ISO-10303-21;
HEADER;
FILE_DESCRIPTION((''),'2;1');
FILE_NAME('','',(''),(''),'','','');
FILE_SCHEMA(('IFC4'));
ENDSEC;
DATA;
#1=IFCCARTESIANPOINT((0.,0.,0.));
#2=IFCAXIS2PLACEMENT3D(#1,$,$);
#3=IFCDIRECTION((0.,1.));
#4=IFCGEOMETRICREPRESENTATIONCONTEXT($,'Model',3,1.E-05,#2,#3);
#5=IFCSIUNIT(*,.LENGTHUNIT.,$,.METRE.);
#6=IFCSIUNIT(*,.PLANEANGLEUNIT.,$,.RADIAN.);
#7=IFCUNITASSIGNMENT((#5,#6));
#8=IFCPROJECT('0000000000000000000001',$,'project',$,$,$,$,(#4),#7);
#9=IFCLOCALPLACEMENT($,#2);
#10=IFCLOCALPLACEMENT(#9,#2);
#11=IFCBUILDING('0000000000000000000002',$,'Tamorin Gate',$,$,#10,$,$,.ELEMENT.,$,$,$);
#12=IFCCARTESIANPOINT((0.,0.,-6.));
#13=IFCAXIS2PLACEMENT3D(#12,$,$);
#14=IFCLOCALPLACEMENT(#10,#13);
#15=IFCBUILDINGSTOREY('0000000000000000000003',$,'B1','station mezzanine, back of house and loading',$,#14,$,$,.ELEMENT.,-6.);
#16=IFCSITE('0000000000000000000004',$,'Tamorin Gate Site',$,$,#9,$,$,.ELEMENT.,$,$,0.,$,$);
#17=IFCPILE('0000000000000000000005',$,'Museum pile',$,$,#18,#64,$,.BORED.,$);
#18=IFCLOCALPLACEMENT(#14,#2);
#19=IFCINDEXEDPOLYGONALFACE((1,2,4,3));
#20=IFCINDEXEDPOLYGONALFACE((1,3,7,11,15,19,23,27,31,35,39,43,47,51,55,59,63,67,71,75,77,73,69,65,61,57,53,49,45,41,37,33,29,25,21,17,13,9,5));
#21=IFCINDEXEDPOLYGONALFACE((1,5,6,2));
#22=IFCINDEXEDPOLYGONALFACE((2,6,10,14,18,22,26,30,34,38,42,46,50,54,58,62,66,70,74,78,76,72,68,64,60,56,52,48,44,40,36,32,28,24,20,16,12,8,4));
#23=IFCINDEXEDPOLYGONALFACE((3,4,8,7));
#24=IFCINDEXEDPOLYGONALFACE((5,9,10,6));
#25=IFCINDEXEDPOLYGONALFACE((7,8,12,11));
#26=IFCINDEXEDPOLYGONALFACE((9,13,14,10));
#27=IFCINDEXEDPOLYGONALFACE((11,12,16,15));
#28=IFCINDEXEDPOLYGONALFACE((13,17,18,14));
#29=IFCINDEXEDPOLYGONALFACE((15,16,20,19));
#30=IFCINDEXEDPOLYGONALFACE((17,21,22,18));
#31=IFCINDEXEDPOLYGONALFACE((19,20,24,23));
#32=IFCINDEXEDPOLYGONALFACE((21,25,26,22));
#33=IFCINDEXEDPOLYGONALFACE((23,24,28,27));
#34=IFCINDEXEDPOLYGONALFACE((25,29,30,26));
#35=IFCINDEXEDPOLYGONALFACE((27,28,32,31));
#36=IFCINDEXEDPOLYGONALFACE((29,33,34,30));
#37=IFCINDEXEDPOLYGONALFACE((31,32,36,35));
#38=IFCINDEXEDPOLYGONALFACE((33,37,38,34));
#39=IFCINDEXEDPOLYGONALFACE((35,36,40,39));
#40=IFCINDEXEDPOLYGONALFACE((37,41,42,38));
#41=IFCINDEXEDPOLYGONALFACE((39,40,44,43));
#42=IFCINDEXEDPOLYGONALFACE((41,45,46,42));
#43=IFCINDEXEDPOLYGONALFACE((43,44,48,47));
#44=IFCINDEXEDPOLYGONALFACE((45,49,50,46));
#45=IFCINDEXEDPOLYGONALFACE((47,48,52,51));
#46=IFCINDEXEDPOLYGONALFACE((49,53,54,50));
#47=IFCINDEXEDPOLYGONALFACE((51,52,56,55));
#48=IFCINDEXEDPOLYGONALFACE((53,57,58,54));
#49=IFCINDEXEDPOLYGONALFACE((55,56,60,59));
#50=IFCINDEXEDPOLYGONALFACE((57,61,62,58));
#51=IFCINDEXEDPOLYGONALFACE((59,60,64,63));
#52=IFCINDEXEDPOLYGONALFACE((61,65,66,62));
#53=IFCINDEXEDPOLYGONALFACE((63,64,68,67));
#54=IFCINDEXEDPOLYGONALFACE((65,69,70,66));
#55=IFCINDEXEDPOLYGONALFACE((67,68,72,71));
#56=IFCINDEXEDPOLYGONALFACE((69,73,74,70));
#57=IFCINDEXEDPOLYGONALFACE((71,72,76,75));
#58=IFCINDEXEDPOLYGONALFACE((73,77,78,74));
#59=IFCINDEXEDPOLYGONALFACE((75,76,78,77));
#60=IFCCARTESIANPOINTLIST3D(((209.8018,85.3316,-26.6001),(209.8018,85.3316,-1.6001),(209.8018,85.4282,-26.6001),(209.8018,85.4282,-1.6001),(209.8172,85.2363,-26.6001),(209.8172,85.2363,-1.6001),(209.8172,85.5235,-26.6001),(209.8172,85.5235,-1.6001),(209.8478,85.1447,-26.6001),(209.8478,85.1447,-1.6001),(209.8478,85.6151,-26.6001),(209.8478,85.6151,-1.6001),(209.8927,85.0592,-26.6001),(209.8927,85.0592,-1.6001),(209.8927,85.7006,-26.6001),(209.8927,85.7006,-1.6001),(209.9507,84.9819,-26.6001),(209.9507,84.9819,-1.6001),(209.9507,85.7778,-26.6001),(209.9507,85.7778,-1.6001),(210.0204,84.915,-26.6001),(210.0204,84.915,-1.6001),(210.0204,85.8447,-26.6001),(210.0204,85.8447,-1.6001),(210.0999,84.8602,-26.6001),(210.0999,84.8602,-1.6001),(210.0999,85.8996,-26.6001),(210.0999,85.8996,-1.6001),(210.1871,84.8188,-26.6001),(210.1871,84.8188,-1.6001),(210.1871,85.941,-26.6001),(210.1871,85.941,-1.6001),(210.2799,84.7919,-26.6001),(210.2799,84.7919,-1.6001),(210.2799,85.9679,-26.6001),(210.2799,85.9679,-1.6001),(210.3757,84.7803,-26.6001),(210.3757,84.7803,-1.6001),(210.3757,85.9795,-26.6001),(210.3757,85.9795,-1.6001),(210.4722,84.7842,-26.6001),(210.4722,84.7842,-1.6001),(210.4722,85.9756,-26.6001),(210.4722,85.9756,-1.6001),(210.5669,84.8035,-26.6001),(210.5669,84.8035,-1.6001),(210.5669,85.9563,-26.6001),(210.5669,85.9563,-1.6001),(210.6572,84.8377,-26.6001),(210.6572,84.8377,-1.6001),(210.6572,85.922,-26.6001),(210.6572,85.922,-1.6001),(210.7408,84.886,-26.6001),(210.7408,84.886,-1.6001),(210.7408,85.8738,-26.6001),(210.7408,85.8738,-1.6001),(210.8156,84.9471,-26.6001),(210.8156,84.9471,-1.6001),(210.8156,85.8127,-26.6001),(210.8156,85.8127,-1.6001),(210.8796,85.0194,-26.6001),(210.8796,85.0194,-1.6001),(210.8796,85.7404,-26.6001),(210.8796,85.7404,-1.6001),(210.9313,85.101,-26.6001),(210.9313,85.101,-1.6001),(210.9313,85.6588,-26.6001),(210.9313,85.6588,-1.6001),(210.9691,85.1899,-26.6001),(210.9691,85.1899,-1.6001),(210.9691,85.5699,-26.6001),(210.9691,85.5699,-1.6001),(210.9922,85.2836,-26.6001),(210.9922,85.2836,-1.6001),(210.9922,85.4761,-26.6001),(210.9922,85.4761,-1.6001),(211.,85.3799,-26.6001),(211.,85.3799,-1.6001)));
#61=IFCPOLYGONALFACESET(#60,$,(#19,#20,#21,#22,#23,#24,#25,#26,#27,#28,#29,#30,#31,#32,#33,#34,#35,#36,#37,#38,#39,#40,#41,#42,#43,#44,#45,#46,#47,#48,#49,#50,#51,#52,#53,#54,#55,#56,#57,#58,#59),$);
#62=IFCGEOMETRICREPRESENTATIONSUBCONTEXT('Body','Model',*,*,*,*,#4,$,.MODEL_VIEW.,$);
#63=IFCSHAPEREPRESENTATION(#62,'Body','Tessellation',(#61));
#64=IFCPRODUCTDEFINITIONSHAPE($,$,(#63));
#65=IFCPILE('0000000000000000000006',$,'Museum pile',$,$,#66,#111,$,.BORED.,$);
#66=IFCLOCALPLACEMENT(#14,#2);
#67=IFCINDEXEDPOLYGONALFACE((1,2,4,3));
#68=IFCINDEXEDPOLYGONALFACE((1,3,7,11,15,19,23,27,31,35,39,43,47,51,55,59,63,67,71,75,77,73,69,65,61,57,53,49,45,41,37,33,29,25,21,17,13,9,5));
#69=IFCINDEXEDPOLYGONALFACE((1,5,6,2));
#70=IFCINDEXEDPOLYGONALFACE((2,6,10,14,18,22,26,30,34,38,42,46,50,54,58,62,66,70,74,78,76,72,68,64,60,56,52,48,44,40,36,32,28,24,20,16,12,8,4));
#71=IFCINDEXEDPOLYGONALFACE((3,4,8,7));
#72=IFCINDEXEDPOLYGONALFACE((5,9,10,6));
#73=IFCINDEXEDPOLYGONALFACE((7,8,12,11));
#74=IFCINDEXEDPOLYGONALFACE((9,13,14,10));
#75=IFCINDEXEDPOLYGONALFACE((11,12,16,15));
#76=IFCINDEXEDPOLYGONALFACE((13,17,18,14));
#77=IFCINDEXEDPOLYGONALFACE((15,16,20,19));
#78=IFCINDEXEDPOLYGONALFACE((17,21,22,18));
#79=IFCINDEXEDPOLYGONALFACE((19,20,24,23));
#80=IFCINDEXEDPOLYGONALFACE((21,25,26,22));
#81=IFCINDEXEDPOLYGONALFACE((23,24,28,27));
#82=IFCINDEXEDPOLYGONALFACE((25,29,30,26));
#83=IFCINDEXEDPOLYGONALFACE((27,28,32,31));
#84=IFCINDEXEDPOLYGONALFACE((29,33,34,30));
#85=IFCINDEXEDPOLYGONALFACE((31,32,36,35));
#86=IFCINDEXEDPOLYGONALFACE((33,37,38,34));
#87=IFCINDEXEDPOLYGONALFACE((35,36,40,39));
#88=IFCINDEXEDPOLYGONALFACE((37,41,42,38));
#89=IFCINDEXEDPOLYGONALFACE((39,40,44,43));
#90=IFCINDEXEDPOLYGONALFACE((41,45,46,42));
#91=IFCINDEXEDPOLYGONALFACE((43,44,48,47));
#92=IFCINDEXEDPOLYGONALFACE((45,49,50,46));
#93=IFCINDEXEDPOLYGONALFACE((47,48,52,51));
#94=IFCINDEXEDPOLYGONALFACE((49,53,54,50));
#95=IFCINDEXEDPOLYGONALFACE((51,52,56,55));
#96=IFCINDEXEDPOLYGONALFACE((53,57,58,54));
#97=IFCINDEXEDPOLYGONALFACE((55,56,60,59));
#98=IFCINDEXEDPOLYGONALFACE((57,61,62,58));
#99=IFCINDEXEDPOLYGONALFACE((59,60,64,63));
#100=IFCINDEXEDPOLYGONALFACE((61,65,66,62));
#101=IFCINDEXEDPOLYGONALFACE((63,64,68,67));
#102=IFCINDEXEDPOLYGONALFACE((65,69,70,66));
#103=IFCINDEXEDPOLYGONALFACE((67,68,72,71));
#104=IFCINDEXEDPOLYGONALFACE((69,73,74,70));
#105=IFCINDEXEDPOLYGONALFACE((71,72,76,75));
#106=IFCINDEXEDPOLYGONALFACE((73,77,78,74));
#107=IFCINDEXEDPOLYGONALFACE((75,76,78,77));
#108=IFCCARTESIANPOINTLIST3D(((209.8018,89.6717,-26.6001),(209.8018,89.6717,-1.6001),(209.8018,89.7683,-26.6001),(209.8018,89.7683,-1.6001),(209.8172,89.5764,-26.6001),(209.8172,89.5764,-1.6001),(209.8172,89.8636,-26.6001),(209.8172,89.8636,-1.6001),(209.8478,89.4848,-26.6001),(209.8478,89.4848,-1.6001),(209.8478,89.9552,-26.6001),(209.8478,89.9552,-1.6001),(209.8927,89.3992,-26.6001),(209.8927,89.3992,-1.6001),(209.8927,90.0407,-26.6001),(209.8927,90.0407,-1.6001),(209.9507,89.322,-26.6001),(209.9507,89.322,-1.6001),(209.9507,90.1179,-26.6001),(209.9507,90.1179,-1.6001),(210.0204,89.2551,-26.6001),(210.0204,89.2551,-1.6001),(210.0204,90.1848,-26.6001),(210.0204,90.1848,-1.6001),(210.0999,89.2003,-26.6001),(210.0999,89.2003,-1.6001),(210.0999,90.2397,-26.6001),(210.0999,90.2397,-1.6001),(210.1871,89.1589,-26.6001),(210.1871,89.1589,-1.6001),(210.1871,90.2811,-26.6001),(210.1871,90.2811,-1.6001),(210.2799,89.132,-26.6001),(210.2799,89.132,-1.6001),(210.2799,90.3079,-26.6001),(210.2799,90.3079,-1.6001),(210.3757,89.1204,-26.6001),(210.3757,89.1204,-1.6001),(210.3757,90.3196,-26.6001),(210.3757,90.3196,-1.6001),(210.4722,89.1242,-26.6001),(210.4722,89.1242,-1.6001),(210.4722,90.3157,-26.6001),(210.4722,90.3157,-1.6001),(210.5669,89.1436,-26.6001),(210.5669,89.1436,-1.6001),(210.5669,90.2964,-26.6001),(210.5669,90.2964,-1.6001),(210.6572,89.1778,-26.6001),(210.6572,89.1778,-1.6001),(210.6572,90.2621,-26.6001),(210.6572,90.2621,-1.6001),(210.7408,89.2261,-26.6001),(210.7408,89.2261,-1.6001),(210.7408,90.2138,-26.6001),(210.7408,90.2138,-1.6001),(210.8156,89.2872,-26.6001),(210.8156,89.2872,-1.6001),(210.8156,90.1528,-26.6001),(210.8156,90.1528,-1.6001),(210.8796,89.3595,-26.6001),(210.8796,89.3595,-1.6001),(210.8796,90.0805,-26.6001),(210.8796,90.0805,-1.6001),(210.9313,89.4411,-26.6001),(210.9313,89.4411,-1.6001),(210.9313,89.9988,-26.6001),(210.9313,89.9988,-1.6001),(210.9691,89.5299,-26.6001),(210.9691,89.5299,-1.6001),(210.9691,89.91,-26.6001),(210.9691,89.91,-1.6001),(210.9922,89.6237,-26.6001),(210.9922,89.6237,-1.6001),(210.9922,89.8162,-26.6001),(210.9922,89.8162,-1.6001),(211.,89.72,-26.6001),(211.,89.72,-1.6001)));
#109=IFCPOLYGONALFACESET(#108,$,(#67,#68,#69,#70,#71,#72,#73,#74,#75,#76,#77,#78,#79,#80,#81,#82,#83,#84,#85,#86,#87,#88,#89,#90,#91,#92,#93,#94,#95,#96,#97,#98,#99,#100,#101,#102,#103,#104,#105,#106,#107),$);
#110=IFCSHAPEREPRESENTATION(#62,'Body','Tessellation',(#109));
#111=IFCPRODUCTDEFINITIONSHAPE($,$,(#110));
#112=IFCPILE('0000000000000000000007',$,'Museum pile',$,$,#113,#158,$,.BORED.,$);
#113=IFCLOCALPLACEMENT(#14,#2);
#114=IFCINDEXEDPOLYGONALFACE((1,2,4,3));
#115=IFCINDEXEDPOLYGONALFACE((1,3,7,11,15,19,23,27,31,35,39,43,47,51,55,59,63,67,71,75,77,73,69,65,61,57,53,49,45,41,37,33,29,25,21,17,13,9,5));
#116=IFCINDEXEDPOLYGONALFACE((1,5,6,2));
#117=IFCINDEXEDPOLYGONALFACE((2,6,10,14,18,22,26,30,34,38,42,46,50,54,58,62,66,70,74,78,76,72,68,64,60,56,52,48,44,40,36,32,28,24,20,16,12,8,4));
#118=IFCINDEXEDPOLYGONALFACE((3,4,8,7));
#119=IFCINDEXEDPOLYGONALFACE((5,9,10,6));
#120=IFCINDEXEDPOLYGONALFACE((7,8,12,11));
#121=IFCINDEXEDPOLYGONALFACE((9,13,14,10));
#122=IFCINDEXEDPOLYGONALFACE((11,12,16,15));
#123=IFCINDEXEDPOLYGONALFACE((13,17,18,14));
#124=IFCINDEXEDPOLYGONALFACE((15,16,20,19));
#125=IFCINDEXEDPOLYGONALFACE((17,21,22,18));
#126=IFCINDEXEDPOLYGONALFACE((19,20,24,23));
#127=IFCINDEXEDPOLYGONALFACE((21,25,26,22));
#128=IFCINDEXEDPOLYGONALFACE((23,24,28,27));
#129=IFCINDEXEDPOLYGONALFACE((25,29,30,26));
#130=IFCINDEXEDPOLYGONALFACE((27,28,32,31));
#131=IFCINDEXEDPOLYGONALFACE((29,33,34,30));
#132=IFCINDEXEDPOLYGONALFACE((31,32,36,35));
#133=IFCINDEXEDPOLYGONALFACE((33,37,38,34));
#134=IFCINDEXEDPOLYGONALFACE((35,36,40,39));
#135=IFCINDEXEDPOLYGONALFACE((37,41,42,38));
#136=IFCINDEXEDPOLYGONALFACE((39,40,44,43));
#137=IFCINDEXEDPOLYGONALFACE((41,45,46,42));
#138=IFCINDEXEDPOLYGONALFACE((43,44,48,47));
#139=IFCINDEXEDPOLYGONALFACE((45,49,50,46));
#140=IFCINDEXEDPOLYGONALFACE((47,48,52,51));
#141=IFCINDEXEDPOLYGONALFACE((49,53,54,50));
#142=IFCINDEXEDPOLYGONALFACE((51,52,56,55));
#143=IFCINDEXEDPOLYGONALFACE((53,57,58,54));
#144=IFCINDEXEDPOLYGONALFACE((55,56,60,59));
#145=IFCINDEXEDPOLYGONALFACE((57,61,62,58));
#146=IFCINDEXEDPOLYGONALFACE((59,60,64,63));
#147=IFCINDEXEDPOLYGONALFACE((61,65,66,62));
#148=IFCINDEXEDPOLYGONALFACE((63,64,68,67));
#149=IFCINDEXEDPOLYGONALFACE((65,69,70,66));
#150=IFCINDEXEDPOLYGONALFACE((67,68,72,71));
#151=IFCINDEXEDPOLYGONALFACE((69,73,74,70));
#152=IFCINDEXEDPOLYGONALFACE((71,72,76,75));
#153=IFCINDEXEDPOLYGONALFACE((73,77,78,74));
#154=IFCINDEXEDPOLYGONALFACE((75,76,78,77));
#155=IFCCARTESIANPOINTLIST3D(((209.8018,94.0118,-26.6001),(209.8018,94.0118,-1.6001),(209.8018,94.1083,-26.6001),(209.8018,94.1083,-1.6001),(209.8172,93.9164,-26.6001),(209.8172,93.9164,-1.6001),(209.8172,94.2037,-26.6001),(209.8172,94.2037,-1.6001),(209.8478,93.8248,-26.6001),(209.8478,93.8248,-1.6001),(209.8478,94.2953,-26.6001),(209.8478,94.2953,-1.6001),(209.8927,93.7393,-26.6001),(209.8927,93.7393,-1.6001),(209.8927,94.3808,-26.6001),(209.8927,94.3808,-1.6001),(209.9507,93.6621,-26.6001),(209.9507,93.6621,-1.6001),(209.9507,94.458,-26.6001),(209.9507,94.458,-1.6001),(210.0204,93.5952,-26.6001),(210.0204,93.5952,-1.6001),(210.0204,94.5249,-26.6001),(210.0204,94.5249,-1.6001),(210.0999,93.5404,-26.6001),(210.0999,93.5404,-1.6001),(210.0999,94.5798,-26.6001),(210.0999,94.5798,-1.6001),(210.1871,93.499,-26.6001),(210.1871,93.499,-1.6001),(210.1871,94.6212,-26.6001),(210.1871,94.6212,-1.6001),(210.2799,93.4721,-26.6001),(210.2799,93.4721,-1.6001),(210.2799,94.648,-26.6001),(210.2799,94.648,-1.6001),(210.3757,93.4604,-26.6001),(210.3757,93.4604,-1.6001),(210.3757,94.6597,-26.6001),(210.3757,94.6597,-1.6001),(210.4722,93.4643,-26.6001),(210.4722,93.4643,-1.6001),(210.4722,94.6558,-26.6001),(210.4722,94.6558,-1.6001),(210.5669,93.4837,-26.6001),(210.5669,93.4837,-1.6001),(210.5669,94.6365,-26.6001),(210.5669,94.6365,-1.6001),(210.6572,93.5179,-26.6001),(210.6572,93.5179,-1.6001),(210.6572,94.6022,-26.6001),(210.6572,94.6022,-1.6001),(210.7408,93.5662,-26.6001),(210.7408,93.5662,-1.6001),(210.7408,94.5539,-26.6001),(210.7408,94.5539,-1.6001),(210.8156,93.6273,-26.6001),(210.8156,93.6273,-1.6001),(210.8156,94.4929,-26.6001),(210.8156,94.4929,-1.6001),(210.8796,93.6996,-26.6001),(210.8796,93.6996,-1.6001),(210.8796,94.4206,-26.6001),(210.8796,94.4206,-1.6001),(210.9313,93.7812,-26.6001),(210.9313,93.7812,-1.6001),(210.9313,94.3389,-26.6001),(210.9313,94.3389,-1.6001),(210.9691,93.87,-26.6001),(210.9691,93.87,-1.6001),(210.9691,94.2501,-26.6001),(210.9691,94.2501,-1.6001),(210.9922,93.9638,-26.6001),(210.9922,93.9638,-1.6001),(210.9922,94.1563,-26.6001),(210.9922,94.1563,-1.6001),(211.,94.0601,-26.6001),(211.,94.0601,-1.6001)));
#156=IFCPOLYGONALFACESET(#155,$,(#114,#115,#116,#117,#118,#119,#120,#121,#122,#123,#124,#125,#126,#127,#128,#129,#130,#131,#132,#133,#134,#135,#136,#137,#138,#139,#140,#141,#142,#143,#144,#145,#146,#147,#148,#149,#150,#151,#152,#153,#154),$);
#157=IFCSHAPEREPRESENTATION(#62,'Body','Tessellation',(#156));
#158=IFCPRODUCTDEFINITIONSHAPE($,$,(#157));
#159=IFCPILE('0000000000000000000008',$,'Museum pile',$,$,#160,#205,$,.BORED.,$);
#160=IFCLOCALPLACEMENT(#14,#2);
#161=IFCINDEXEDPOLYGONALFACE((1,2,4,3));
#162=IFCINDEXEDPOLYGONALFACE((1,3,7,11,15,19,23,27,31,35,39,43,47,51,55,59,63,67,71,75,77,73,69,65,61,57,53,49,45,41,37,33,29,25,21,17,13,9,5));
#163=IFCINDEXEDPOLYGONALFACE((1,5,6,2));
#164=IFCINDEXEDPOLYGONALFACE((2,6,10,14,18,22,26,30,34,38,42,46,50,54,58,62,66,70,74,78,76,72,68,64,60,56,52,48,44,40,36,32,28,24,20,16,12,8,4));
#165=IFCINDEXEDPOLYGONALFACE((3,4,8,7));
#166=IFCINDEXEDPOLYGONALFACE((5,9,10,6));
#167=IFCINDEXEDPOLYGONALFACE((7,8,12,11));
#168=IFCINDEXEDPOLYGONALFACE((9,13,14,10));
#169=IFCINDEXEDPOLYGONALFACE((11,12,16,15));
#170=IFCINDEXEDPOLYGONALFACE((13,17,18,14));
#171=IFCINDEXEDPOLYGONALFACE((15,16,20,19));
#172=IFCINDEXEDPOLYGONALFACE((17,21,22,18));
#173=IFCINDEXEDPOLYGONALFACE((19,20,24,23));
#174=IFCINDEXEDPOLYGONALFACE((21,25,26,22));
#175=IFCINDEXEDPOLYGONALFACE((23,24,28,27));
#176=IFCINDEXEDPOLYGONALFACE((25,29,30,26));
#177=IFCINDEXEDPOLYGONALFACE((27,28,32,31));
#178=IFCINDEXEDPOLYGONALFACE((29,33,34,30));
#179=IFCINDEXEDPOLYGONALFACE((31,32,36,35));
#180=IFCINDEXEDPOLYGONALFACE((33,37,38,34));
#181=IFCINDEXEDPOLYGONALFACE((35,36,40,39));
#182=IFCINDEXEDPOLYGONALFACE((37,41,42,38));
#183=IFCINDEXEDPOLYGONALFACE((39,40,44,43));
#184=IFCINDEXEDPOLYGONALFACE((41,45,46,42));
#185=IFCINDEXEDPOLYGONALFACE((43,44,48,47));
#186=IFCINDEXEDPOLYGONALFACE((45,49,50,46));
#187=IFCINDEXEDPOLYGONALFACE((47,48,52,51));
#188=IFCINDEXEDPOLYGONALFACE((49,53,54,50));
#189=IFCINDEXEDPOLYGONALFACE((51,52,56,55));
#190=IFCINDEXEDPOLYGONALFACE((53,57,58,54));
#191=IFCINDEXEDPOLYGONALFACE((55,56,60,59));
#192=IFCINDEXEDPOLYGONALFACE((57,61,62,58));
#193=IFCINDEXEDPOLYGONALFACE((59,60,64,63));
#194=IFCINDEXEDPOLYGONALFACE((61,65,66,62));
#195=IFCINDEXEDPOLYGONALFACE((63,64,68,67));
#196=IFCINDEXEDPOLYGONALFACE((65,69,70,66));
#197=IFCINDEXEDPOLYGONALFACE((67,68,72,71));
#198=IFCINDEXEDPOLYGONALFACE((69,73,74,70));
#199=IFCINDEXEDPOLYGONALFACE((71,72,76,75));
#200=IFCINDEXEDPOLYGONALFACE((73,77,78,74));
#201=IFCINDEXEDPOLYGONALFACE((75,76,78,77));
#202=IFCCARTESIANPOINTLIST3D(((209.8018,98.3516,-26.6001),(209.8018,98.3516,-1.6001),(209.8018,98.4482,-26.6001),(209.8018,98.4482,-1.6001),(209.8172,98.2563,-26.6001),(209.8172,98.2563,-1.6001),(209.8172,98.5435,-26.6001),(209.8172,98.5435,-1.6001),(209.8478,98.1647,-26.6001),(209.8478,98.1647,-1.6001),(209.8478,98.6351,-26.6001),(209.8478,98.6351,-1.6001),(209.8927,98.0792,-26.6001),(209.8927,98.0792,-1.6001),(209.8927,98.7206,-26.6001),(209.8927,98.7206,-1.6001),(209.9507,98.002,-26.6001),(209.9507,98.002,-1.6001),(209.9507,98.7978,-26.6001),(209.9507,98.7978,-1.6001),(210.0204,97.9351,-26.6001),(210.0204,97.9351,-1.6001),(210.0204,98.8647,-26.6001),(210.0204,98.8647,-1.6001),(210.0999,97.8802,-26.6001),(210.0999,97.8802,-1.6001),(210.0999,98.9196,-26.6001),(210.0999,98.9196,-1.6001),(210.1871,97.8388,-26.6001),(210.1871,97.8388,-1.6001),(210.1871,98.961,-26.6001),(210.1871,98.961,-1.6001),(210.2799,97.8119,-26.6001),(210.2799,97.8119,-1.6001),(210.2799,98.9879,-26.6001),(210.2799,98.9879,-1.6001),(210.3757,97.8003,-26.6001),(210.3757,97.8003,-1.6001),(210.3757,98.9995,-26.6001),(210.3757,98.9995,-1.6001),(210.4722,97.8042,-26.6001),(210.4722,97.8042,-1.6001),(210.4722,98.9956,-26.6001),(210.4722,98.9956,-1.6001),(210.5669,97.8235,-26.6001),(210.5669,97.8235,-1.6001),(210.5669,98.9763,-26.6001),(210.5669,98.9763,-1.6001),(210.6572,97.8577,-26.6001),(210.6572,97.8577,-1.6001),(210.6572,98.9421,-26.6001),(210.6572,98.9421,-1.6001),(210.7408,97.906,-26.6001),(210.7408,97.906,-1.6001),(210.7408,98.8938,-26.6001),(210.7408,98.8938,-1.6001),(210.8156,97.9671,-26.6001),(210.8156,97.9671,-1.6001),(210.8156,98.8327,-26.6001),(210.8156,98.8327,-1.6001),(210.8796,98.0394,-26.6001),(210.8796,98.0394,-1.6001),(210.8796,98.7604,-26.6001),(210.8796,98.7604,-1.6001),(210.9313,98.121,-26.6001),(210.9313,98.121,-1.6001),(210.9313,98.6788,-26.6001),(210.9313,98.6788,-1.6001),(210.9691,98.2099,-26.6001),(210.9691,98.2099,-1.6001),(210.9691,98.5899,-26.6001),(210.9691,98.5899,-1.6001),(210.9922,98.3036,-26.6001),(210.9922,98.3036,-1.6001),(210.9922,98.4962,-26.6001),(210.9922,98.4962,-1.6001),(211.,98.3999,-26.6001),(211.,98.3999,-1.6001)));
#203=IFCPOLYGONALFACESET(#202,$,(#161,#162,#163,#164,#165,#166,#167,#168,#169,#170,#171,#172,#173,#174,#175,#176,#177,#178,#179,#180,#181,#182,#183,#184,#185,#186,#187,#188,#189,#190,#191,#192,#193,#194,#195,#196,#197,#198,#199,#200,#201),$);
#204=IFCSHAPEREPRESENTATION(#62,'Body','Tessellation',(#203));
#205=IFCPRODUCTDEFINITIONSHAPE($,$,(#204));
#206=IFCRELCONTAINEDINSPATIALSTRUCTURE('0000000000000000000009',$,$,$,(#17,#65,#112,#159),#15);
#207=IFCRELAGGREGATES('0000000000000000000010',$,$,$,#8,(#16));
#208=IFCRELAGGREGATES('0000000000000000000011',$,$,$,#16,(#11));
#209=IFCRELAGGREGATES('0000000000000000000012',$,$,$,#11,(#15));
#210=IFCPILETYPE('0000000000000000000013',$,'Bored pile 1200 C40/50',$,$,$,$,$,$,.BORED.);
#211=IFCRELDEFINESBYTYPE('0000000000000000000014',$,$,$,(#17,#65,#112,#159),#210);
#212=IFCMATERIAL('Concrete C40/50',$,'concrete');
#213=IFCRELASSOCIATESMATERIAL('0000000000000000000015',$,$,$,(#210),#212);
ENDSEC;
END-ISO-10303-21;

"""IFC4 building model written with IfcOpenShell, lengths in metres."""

from ifc_helpers import new_model, si_unit, direction, frame, origin, origin_2d, place, context, subcontext, project, spatial, circle, extrude, material, material_profile, profile_set, type_object, element, save


model = new_model("IFC4")

# Units and contexts
model_context = context("Model", 3, precision=1e-05, world=origin(), true_north=direction((0.0, 1.0)))
body_context = subcontext(model_context, "Body", "Model", "MODEL_VIEW")
ifc_project = project(units=[si_unit("LENGTHUNIT", "METRE"), si_unit("PLANEANGLEUNIT", "RADIAN")], contexts=[model_context])

# Site, building, storey
site_placement = place(None, origin())
site = spatial("IfcSite", under=ifc_project, at=site_placement, Name="Tamorin Gate Site", CompositionType="ELEMENT", RefElevation=0.0)
building_placement = place(site_placement, origin())
building = spatial("IfcBuilding", under=site, at=building_placement, Name="Tamorin Gate", CompositionType="ELEMENT")
storey_placement = place(building_placement, frame((0.0, 0.0, -6.0)))
storey = spatial("IfcBuildingStorey", under=building, at=storey_placement, Name="B1", Description="station mezzanine, back of house and loading", CompositionType="ELEMENT", Elevation=-6.0)

# Piles
ifc_material_1 = material(Name="Concrete C40/50", Category="concrete")
ifc_material_profile_1 = material_profile(ifc_material_1, circle(Radius=0.6001, at=origin_2d()))
ifc_profile_set_1 = profile_set([ifc_material_profile_1], Name="Concrete C40/50")
pile_type = type_object("IfcPileType", Name="Bored pile 1200 C40/50", PredefinedType="BORED", material=ifc_profile_set_1)
for number, where, z_axis, x_axis, name in (
    (1, (210.3999, 85.3799, -1.6001), (0.0, 0.0, -1.0), (1.0, 0.0, 0.0), "Museum pile"),
    (2, (210.3999, 89.72, -1.6001), (0.0, 0.0, -1.0), (1.0, 0.0, 0.0), "Museum pile"),
    (3, (210.3999, 94.0601, -1.6001), (0.0, 0.0, -1.0), (1.0, 0.0, 0.0), "Museum pile"),
    (4, (210.3999, 98.3999, -1.6001), (0.0, 0.0, -1.0), (1.0, 0.0, 0.0), "Museum pile"),
):
    element("IfcPile", number, at=place(storey_placement, frame(where, z_axis=z_axis, x_axis=x_axis)), inside=storey, type_object=pile_type, Name=name, PredefinedType="BORED", context=body_context, shape_type="SweptSolid", body=[
        extrude(circle(Radius=0.6001, at=origin_2d()), origin(), (0.0, 0.0, 1.0), 25.0),
    ])

save(model, "model.ifc")
